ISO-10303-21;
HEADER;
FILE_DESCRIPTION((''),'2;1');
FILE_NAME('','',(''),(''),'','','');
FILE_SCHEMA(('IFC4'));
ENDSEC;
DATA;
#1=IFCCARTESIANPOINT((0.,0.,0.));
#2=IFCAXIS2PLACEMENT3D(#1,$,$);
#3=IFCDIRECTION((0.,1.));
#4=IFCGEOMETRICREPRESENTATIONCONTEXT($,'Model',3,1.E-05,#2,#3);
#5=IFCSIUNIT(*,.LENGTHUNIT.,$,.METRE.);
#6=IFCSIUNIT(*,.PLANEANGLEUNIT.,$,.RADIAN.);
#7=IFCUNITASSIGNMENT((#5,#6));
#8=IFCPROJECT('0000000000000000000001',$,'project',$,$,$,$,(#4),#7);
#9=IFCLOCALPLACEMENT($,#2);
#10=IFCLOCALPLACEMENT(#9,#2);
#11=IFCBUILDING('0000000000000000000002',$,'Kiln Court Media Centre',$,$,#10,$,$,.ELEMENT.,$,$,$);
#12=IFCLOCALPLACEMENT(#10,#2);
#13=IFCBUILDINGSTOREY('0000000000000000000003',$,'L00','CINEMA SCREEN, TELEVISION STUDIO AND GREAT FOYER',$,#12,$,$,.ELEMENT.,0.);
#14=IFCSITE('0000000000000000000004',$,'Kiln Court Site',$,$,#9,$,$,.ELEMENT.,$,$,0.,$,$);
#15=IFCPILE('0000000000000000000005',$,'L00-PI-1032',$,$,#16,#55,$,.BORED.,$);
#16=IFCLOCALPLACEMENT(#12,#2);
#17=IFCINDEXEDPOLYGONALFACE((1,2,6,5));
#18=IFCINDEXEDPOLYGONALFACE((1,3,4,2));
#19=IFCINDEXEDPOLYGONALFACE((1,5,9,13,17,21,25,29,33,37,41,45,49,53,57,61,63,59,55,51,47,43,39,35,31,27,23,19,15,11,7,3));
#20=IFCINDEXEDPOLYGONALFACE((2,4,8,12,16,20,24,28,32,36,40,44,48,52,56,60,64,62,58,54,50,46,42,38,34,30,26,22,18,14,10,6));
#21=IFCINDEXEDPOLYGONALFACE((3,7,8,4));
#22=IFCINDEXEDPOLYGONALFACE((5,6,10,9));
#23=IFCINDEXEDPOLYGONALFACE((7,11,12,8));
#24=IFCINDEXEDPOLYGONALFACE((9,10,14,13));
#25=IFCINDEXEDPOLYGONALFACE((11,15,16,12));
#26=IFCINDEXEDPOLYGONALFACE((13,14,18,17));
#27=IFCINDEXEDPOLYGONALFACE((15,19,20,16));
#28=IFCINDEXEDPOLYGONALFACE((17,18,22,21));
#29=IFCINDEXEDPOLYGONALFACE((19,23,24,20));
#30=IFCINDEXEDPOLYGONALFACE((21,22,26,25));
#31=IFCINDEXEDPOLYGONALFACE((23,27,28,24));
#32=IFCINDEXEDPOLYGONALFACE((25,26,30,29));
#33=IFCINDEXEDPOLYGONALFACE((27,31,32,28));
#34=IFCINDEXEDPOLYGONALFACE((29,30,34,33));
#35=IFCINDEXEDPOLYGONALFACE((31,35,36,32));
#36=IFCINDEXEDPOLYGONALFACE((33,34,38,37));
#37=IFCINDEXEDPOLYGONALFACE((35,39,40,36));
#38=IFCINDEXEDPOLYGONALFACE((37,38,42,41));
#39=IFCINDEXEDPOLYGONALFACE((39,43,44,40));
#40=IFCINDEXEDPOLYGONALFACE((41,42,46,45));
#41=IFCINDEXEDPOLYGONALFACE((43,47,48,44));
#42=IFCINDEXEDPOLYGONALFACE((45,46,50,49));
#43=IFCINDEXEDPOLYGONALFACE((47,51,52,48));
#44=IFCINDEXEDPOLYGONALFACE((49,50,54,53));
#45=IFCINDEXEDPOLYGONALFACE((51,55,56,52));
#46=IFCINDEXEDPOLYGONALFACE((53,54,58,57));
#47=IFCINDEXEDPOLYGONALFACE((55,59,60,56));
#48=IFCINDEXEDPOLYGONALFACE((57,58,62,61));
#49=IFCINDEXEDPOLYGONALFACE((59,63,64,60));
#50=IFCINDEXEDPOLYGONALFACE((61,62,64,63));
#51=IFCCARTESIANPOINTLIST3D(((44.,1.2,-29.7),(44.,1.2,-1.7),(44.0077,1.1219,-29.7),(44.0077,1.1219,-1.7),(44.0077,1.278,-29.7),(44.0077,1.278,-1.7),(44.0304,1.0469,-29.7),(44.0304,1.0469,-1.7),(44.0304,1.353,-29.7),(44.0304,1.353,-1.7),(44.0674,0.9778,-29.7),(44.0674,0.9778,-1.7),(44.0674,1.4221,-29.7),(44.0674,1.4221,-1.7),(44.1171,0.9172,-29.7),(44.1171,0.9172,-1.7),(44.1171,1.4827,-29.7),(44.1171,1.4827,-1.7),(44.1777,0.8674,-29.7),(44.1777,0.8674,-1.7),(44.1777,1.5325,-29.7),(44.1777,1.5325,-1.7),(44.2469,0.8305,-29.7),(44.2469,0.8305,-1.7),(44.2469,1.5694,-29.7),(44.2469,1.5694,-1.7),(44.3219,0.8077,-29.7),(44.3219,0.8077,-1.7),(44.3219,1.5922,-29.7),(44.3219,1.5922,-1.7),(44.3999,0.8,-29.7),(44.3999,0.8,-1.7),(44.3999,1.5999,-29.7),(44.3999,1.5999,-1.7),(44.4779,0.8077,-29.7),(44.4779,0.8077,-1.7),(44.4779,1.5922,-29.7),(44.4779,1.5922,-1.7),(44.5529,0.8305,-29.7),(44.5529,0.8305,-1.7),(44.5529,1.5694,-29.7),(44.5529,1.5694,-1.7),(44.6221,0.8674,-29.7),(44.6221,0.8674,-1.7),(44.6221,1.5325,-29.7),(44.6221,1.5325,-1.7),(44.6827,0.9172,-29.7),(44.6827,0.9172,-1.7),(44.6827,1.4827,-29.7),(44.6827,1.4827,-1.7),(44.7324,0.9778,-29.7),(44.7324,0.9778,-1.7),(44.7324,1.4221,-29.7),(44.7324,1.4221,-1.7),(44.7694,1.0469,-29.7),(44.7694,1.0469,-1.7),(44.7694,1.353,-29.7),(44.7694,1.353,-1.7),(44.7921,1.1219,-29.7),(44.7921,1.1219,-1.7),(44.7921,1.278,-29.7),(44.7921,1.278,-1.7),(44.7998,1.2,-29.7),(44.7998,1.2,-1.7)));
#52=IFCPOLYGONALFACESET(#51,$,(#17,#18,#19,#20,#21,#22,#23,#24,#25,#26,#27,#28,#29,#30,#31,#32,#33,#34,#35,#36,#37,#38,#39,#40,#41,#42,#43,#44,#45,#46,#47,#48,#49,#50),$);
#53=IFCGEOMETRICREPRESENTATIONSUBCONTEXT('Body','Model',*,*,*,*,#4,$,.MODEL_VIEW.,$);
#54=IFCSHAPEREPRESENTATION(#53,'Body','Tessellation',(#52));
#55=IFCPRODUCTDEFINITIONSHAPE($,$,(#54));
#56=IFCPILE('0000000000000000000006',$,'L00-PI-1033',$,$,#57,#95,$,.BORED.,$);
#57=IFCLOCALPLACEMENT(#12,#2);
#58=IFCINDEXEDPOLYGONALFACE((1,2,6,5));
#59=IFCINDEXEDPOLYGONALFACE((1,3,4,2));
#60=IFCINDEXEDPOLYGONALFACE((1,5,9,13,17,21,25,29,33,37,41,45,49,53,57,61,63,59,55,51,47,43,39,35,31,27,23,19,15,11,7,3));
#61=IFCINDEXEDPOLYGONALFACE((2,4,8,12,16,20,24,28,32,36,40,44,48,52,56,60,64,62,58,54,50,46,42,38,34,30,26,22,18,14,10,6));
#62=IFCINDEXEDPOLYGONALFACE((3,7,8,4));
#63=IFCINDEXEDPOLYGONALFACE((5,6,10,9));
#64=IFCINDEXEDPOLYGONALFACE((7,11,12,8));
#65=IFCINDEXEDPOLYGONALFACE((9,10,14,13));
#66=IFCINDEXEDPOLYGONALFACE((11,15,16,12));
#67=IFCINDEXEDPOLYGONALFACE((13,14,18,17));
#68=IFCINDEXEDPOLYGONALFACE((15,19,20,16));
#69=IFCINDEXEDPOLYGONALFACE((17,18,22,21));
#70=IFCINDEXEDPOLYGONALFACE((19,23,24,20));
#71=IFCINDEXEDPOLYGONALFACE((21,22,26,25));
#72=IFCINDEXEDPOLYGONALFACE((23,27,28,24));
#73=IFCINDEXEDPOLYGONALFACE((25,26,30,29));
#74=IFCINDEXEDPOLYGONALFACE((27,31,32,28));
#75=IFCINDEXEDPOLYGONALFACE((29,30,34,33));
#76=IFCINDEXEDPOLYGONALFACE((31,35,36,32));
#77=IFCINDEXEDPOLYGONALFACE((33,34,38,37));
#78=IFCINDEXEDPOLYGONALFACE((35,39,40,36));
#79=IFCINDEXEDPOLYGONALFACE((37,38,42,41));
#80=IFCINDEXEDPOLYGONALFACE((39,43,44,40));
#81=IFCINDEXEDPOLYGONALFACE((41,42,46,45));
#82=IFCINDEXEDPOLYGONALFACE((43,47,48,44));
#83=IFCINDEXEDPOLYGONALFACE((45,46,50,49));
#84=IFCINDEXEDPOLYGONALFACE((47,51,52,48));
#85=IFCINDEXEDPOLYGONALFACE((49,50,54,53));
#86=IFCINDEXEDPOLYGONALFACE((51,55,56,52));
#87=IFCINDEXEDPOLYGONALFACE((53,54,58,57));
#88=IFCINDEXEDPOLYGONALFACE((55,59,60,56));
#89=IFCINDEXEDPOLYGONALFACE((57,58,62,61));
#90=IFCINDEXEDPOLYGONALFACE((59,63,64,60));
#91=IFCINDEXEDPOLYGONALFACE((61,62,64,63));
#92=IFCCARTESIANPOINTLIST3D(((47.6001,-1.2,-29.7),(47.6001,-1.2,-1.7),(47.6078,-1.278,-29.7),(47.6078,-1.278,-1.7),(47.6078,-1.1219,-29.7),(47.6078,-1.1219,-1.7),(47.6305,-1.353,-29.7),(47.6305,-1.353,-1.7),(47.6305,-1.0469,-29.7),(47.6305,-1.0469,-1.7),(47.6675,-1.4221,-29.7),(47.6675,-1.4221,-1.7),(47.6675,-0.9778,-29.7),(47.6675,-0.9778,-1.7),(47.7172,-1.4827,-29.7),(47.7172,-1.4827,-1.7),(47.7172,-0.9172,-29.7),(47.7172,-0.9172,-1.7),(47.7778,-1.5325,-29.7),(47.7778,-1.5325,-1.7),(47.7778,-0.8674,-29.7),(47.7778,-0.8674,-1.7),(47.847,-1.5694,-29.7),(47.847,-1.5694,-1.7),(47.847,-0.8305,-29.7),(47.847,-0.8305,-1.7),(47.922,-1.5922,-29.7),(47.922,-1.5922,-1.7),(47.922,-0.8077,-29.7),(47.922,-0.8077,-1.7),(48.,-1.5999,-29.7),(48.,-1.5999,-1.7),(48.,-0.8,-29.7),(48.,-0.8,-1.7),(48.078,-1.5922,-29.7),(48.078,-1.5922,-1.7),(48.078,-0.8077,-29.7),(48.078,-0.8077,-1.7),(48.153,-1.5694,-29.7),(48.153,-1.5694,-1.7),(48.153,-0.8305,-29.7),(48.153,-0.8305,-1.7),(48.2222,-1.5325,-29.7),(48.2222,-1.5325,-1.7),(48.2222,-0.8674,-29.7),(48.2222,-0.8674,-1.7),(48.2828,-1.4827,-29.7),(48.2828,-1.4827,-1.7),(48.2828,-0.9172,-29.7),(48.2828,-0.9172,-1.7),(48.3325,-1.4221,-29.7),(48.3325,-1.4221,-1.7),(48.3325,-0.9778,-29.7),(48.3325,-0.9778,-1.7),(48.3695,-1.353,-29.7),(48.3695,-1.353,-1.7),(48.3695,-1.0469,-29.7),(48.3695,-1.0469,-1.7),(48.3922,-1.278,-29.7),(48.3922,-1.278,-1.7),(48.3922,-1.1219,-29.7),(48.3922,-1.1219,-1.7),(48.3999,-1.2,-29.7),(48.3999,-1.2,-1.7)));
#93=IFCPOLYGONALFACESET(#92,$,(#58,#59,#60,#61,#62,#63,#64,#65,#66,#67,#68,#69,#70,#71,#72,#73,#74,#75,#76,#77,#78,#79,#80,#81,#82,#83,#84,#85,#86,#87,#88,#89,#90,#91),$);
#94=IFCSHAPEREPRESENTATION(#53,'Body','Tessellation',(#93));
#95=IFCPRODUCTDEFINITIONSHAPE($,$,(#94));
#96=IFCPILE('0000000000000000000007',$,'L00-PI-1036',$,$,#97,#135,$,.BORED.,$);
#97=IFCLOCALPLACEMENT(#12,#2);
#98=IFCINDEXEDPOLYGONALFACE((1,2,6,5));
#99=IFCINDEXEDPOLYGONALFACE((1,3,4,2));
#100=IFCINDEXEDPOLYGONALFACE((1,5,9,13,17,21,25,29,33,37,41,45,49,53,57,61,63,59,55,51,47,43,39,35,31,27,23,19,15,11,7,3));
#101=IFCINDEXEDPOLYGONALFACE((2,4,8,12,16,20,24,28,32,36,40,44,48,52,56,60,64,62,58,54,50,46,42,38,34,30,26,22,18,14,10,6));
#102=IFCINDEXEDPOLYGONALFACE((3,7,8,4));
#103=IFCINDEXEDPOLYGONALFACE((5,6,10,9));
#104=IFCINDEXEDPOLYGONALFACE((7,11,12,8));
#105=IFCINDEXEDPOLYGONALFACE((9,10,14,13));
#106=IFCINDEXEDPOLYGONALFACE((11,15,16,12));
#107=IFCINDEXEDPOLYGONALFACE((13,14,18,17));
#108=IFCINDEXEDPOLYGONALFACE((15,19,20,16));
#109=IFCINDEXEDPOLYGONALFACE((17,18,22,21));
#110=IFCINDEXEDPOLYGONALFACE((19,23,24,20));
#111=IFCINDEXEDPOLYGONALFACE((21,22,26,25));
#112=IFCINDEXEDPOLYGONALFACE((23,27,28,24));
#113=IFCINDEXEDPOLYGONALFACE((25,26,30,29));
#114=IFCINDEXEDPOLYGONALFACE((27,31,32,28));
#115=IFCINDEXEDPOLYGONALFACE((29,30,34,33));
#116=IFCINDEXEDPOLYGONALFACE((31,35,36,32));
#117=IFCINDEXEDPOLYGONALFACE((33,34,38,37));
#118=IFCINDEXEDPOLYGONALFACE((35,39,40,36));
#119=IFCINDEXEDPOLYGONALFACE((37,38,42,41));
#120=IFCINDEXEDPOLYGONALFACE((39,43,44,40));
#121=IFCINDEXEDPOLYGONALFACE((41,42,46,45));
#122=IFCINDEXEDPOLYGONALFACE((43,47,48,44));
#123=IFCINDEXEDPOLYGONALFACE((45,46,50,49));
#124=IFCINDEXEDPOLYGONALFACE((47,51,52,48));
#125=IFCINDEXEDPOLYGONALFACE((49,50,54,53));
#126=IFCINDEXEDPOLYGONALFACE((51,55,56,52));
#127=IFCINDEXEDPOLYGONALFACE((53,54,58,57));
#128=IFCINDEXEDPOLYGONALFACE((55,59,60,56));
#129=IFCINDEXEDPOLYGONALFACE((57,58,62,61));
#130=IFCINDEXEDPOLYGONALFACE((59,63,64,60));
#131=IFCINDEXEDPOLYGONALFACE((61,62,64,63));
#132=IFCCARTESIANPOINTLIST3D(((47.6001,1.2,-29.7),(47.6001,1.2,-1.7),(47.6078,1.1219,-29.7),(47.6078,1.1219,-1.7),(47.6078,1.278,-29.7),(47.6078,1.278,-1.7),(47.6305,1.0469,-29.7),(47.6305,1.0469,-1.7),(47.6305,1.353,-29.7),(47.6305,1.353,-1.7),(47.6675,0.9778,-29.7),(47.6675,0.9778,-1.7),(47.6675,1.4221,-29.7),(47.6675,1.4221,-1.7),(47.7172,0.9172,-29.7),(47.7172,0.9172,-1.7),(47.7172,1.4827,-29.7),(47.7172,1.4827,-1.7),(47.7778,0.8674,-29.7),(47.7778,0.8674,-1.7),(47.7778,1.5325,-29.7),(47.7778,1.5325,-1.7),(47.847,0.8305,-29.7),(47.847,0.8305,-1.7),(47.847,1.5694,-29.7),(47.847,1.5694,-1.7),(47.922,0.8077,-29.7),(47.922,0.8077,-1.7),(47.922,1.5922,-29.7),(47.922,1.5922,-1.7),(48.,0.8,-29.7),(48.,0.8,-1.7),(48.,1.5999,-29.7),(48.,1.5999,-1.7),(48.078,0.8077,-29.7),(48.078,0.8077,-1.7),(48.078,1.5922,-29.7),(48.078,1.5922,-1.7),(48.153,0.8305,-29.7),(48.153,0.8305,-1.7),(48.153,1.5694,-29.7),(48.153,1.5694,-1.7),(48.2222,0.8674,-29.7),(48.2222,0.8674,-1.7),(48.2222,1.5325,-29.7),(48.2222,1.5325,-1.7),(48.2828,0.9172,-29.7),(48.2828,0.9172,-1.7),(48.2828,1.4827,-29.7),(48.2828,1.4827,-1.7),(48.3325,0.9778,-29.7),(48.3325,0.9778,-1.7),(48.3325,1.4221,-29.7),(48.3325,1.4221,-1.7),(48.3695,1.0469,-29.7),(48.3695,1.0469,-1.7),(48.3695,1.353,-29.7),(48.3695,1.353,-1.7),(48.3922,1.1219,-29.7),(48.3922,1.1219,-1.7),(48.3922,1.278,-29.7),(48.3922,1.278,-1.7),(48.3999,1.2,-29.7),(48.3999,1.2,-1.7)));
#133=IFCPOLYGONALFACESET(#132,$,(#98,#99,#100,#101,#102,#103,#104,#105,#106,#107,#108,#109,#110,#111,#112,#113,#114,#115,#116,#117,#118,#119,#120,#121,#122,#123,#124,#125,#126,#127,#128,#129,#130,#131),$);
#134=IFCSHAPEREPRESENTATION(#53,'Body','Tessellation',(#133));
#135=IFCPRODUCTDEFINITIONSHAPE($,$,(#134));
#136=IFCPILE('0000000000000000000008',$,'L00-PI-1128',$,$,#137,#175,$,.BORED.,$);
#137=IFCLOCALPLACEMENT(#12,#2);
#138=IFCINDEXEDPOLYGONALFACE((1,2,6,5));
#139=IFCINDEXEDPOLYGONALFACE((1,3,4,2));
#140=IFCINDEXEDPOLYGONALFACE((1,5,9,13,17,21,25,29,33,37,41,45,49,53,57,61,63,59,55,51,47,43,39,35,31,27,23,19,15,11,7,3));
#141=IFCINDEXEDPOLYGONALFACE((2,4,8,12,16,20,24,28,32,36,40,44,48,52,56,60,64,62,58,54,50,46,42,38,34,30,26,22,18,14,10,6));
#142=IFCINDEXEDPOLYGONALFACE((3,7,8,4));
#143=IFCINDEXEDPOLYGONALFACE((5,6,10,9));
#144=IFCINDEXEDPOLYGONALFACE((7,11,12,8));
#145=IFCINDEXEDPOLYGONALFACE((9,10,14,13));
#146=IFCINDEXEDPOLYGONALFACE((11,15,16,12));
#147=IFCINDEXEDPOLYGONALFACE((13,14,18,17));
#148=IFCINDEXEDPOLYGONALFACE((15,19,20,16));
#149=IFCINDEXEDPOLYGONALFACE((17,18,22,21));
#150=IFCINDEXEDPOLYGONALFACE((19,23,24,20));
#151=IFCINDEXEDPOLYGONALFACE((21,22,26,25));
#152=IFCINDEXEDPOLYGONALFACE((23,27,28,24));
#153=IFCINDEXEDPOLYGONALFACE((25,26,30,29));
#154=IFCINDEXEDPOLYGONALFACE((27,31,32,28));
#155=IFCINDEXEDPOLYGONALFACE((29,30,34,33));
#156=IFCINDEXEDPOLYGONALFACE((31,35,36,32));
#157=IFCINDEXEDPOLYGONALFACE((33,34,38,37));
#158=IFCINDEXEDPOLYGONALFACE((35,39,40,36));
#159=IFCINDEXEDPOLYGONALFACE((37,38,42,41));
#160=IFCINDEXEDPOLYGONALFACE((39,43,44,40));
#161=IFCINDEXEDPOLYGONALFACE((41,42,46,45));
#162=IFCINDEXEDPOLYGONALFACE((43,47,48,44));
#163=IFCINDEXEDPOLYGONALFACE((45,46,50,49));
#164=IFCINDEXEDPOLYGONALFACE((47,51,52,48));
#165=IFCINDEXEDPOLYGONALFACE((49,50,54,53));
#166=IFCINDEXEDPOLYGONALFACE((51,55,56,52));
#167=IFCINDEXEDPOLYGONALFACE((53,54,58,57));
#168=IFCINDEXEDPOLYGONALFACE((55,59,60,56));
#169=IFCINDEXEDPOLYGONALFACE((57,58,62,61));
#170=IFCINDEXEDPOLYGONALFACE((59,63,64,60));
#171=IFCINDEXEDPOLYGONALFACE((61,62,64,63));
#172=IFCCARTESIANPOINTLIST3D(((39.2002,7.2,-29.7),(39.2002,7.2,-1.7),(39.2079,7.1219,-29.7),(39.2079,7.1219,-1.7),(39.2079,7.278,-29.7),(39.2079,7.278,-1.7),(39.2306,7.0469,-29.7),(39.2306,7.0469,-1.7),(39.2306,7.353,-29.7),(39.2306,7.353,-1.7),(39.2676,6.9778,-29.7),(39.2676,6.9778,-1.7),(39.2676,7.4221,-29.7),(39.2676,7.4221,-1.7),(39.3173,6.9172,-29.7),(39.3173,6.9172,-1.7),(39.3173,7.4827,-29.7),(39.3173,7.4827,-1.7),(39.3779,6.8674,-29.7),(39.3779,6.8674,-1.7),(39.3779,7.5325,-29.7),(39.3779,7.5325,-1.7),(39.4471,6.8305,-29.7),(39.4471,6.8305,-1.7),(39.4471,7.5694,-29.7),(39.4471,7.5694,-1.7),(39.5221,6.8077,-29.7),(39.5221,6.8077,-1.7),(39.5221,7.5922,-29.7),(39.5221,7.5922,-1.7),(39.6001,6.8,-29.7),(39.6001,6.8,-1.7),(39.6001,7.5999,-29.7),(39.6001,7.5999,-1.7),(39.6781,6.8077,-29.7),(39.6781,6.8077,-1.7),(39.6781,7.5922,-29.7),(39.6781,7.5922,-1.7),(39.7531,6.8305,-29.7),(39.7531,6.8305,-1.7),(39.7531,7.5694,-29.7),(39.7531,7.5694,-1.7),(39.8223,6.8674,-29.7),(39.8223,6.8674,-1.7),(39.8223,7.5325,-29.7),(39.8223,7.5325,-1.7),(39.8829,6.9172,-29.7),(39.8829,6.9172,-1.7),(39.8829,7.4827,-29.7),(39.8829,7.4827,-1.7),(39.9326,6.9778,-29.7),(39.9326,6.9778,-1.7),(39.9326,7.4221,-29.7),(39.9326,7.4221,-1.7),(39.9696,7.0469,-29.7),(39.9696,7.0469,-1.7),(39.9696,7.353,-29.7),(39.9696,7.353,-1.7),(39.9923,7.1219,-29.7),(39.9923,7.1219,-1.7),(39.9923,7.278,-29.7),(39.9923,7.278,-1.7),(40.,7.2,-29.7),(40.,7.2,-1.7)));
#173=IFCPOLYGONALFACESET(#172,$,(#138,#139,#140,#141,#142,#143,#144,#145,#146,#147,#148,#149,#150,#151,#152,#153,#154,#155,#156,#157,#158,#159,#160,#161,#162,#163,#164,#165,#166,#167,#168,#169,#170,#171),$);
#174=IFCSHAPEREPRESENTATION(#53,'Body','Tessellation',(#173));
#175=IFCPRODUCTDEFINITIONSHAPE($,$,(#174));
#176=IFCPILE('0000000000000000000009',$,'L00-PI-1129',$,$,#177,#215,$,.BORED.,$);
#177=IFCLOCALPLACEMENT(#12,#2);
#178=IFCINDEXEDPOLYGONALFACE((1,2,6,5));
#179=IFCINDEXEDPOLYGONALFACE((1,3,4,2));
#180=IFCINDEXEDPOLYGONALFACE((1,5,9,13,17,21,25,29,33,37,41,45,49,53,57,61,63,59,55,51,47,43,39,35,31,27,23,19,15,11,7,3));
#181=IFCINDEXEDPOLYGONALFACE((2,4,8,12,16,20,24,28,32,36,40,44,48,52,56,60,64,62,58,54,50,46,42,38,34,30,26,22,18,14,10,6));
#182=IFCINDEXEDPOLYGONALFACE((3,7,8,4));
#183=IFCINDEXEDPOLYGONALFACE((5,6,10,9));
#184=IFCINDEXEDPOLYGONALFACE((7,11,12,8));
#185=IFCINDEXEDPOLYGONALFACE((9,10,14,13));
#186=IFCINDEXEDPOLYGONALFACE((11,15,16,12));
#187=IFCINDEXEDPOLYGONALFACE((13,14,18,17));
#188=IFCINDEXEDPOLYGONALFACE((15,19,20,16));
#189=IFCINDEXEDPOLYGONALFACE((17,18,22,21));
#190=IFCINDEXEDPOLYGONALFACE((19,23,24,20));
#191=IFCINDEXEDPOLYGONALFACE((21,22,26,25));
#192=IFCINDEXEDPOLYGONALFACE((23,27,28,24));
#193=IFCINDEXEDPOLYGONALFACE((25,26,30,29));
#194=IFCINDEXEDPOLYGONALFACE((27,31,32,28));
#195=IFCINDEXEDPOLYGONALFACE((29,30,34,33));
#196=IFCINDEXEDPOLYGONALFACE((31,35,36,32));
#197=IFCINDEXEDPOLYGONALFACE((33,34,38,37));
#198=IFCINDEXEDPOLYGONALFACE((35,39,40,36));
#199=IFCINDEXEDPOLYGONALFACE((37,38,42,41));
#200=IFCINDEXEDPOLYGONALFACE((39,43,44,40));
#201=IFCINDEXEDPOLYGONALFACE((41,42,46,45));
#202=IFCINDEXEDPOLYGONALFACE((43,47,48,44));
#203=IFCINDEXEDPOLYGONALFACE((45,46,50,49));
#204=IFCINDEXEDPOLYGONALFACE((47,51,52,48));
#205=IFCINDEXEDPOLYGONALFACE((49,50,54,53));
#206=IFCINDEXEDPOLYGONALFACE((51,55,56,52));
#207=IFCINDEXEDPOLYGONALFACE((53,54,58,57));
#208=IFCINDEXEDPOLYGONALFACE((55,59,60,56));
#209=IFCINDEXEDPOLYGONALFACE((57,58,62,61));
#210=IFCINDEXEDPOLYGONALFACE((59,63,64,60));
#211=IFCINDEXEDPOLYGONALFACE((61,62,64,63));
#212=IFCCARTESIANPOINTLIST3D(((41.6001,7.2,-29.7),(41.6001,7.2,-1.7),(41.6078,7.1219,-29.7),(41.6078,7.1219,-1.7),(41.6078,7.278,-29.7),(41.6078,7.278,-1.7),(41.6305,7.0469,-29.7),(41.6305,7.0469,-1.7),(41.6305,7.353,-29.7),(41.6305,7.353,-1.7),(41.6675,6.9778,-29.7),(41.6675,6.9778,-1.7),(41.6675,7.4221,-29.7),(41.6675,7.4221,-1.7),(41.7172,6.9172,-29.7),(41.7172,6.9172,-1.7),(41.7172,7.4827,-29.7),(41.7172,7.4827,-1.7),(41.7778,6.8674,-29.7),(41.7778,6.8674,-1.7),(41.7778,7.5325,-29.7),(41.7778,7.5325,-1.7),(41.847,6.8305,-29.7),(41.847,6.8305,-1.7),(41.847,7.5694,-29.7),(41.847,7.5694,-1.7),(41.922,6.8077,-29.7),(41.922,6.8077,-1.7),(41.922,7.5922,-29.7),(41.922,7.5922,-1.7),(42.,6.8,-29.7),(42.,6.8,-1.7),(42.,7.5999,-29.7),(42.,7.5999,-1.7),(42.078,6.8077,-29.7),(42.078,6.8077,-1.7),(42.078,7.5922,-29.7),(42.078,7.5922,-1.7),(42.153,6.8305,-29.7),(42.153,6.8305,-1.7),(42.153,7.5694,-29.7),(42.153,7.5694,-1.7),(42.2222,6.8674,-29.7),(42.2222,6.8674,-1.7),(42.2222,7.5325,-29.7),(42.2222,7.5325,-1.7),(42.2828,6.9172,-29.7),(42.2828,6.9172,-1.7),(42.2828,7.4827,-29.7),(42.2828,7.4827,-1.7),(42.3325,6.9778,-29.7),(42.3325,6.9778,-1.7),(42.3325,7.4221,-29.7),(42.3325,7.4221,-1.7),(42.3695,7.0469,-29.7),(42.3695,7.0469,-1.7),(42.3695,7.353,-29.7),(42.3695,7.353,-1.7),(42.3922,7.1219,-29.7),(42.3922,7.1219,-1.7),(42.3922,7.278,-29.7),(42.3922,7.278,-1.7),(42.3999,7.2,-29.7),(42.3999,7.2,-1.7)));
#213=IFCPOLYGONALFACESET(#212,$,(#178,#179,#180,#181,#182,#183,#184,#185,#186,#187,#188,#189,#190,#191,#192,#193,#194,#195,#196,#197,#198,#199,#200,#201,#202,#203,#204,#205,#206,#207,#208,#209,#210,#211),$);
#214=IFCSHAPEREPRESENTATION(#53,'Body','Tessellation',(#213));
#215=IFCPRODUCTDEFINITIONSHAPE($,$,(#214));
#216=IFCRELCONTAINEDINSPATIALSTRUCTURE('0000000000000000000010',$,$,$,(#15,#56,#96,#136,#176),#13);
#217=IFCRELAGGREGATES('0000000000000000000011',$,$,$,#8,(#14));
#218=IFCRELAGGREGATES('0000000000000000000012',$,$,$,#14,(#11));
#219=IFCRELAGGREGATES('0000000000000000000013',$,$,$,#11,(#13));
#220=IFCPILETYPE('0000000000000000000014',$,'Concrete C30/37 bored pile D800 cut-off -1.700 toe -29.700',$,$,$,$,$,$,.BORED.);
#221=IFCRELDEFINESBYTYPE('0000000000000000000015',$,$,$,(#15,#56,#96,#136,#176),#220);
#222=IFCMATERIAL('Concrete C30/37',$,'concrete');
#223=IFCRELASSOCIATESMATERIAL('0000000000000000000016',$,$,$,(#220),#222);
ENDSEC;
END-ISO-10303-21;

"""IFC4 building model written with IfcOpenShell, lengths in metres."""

from ifc_helpers import new_model, si_unit, direction, frame, origin, origin_2d, place, context, subcontext, project, spatial, circle, extrude, material, material_profile, profile_set, type_object, element, save


model = new_model("IFC4")

# Units and contexts
model_context = context("Model", 3, precision=1e-05, world=origin(), true_north=direction((0.0, 1.0)))
body_context = subcontext(model_context, "Body", "Model", "MODEL_VIEW")
ifc_project = project(units=[si_unit("LENGTHUNIT", "METRE"), si_unit("PLANEANGLEUNIT", "RADIAN")], contexts=[model_context])

# Site, building, storey
site_placement = place(None, origin())
site = spatial("IfcSite", under=ifc_project, at=site_placement, Name="Kiln Court Site", CompositionType="ELEMENT", RefElevation=0.0)
building_placement = place(site_placement, origin())
building = spatial("IfcBuilding", under=site, at=building_placement, Name="Kiln Court Media Centre", CompositionType="ELEMENT")
storey_placement = place(building_placement, origin())
storey = spatial("IfcBuildingStorey", under=building, at=storey_placement, Name="L00", Description="CINEMA SCREEN, TELEVISION STUDIO AND GREAT FOYER", CompositionType="ELEMENT", Elevation=0.0)

# Piles
ifc_material_1 = material(Name="Concrete C30/37", Category="concrete")
ifc_material_profile_1 = material_profile(ifc_material_1, circle(Radius=0.3999, at=origin_2d()), Name="PILE D800")
ifc_profile_set_1 = profile_set([ifc_material_profile_1], Name="Concrete C30/37")
pile_type = type_object("IfcPileType", Name="Concrete C30/37 bored pile D800 cut-off -1.700 toe -29.700", PredefinedType="BORED", material=ifc_profile_set_1)
for number, where, z_axis, x_axis, name in (
    (1, (44.3999, 1.2, -1.7), (0.0, 0.0, -1.0), (1.0, 0.0, 0.0), "L00-PI-1032"),
    (2, (48.0, -1.2, -1.7), (0.0, 0.0, -1.0), (1.0, 0.0, 0.0), "L00-PI-1033"),
    (3, (48.0, 1.2, -1.7), (0.0, 0.0, -1.0), (1.0, 0.0, 0.0), "L00-PI-1036"),
    (4, (39.6001, 7.2, -1.7), (0.0, 0.0, -1.0), (1.0, 0.0, 0.0), "L00-PI-1128"),
    (5, (42.0, 7.2, -1.7), (0.0, 0.0, -1.0), (1.0, 0.0, 0.0), "L00-PI-1129"),
):
    element("IfcPile", number, at=place(storey_placement, frame(where, z_axis=z_axis, x_axis=x_axis)), inside=storey, type_object=pile_type, Name=name, PredefinedType="BORED", context=body_context, shape_type="SweptSolid", body=[
        extrude(circle(Radius=0.3999, at=origin_2d()), origin(), (0.0, 0.0, 1.0), 28.0),
    ])

save(model, "model.ifc")
